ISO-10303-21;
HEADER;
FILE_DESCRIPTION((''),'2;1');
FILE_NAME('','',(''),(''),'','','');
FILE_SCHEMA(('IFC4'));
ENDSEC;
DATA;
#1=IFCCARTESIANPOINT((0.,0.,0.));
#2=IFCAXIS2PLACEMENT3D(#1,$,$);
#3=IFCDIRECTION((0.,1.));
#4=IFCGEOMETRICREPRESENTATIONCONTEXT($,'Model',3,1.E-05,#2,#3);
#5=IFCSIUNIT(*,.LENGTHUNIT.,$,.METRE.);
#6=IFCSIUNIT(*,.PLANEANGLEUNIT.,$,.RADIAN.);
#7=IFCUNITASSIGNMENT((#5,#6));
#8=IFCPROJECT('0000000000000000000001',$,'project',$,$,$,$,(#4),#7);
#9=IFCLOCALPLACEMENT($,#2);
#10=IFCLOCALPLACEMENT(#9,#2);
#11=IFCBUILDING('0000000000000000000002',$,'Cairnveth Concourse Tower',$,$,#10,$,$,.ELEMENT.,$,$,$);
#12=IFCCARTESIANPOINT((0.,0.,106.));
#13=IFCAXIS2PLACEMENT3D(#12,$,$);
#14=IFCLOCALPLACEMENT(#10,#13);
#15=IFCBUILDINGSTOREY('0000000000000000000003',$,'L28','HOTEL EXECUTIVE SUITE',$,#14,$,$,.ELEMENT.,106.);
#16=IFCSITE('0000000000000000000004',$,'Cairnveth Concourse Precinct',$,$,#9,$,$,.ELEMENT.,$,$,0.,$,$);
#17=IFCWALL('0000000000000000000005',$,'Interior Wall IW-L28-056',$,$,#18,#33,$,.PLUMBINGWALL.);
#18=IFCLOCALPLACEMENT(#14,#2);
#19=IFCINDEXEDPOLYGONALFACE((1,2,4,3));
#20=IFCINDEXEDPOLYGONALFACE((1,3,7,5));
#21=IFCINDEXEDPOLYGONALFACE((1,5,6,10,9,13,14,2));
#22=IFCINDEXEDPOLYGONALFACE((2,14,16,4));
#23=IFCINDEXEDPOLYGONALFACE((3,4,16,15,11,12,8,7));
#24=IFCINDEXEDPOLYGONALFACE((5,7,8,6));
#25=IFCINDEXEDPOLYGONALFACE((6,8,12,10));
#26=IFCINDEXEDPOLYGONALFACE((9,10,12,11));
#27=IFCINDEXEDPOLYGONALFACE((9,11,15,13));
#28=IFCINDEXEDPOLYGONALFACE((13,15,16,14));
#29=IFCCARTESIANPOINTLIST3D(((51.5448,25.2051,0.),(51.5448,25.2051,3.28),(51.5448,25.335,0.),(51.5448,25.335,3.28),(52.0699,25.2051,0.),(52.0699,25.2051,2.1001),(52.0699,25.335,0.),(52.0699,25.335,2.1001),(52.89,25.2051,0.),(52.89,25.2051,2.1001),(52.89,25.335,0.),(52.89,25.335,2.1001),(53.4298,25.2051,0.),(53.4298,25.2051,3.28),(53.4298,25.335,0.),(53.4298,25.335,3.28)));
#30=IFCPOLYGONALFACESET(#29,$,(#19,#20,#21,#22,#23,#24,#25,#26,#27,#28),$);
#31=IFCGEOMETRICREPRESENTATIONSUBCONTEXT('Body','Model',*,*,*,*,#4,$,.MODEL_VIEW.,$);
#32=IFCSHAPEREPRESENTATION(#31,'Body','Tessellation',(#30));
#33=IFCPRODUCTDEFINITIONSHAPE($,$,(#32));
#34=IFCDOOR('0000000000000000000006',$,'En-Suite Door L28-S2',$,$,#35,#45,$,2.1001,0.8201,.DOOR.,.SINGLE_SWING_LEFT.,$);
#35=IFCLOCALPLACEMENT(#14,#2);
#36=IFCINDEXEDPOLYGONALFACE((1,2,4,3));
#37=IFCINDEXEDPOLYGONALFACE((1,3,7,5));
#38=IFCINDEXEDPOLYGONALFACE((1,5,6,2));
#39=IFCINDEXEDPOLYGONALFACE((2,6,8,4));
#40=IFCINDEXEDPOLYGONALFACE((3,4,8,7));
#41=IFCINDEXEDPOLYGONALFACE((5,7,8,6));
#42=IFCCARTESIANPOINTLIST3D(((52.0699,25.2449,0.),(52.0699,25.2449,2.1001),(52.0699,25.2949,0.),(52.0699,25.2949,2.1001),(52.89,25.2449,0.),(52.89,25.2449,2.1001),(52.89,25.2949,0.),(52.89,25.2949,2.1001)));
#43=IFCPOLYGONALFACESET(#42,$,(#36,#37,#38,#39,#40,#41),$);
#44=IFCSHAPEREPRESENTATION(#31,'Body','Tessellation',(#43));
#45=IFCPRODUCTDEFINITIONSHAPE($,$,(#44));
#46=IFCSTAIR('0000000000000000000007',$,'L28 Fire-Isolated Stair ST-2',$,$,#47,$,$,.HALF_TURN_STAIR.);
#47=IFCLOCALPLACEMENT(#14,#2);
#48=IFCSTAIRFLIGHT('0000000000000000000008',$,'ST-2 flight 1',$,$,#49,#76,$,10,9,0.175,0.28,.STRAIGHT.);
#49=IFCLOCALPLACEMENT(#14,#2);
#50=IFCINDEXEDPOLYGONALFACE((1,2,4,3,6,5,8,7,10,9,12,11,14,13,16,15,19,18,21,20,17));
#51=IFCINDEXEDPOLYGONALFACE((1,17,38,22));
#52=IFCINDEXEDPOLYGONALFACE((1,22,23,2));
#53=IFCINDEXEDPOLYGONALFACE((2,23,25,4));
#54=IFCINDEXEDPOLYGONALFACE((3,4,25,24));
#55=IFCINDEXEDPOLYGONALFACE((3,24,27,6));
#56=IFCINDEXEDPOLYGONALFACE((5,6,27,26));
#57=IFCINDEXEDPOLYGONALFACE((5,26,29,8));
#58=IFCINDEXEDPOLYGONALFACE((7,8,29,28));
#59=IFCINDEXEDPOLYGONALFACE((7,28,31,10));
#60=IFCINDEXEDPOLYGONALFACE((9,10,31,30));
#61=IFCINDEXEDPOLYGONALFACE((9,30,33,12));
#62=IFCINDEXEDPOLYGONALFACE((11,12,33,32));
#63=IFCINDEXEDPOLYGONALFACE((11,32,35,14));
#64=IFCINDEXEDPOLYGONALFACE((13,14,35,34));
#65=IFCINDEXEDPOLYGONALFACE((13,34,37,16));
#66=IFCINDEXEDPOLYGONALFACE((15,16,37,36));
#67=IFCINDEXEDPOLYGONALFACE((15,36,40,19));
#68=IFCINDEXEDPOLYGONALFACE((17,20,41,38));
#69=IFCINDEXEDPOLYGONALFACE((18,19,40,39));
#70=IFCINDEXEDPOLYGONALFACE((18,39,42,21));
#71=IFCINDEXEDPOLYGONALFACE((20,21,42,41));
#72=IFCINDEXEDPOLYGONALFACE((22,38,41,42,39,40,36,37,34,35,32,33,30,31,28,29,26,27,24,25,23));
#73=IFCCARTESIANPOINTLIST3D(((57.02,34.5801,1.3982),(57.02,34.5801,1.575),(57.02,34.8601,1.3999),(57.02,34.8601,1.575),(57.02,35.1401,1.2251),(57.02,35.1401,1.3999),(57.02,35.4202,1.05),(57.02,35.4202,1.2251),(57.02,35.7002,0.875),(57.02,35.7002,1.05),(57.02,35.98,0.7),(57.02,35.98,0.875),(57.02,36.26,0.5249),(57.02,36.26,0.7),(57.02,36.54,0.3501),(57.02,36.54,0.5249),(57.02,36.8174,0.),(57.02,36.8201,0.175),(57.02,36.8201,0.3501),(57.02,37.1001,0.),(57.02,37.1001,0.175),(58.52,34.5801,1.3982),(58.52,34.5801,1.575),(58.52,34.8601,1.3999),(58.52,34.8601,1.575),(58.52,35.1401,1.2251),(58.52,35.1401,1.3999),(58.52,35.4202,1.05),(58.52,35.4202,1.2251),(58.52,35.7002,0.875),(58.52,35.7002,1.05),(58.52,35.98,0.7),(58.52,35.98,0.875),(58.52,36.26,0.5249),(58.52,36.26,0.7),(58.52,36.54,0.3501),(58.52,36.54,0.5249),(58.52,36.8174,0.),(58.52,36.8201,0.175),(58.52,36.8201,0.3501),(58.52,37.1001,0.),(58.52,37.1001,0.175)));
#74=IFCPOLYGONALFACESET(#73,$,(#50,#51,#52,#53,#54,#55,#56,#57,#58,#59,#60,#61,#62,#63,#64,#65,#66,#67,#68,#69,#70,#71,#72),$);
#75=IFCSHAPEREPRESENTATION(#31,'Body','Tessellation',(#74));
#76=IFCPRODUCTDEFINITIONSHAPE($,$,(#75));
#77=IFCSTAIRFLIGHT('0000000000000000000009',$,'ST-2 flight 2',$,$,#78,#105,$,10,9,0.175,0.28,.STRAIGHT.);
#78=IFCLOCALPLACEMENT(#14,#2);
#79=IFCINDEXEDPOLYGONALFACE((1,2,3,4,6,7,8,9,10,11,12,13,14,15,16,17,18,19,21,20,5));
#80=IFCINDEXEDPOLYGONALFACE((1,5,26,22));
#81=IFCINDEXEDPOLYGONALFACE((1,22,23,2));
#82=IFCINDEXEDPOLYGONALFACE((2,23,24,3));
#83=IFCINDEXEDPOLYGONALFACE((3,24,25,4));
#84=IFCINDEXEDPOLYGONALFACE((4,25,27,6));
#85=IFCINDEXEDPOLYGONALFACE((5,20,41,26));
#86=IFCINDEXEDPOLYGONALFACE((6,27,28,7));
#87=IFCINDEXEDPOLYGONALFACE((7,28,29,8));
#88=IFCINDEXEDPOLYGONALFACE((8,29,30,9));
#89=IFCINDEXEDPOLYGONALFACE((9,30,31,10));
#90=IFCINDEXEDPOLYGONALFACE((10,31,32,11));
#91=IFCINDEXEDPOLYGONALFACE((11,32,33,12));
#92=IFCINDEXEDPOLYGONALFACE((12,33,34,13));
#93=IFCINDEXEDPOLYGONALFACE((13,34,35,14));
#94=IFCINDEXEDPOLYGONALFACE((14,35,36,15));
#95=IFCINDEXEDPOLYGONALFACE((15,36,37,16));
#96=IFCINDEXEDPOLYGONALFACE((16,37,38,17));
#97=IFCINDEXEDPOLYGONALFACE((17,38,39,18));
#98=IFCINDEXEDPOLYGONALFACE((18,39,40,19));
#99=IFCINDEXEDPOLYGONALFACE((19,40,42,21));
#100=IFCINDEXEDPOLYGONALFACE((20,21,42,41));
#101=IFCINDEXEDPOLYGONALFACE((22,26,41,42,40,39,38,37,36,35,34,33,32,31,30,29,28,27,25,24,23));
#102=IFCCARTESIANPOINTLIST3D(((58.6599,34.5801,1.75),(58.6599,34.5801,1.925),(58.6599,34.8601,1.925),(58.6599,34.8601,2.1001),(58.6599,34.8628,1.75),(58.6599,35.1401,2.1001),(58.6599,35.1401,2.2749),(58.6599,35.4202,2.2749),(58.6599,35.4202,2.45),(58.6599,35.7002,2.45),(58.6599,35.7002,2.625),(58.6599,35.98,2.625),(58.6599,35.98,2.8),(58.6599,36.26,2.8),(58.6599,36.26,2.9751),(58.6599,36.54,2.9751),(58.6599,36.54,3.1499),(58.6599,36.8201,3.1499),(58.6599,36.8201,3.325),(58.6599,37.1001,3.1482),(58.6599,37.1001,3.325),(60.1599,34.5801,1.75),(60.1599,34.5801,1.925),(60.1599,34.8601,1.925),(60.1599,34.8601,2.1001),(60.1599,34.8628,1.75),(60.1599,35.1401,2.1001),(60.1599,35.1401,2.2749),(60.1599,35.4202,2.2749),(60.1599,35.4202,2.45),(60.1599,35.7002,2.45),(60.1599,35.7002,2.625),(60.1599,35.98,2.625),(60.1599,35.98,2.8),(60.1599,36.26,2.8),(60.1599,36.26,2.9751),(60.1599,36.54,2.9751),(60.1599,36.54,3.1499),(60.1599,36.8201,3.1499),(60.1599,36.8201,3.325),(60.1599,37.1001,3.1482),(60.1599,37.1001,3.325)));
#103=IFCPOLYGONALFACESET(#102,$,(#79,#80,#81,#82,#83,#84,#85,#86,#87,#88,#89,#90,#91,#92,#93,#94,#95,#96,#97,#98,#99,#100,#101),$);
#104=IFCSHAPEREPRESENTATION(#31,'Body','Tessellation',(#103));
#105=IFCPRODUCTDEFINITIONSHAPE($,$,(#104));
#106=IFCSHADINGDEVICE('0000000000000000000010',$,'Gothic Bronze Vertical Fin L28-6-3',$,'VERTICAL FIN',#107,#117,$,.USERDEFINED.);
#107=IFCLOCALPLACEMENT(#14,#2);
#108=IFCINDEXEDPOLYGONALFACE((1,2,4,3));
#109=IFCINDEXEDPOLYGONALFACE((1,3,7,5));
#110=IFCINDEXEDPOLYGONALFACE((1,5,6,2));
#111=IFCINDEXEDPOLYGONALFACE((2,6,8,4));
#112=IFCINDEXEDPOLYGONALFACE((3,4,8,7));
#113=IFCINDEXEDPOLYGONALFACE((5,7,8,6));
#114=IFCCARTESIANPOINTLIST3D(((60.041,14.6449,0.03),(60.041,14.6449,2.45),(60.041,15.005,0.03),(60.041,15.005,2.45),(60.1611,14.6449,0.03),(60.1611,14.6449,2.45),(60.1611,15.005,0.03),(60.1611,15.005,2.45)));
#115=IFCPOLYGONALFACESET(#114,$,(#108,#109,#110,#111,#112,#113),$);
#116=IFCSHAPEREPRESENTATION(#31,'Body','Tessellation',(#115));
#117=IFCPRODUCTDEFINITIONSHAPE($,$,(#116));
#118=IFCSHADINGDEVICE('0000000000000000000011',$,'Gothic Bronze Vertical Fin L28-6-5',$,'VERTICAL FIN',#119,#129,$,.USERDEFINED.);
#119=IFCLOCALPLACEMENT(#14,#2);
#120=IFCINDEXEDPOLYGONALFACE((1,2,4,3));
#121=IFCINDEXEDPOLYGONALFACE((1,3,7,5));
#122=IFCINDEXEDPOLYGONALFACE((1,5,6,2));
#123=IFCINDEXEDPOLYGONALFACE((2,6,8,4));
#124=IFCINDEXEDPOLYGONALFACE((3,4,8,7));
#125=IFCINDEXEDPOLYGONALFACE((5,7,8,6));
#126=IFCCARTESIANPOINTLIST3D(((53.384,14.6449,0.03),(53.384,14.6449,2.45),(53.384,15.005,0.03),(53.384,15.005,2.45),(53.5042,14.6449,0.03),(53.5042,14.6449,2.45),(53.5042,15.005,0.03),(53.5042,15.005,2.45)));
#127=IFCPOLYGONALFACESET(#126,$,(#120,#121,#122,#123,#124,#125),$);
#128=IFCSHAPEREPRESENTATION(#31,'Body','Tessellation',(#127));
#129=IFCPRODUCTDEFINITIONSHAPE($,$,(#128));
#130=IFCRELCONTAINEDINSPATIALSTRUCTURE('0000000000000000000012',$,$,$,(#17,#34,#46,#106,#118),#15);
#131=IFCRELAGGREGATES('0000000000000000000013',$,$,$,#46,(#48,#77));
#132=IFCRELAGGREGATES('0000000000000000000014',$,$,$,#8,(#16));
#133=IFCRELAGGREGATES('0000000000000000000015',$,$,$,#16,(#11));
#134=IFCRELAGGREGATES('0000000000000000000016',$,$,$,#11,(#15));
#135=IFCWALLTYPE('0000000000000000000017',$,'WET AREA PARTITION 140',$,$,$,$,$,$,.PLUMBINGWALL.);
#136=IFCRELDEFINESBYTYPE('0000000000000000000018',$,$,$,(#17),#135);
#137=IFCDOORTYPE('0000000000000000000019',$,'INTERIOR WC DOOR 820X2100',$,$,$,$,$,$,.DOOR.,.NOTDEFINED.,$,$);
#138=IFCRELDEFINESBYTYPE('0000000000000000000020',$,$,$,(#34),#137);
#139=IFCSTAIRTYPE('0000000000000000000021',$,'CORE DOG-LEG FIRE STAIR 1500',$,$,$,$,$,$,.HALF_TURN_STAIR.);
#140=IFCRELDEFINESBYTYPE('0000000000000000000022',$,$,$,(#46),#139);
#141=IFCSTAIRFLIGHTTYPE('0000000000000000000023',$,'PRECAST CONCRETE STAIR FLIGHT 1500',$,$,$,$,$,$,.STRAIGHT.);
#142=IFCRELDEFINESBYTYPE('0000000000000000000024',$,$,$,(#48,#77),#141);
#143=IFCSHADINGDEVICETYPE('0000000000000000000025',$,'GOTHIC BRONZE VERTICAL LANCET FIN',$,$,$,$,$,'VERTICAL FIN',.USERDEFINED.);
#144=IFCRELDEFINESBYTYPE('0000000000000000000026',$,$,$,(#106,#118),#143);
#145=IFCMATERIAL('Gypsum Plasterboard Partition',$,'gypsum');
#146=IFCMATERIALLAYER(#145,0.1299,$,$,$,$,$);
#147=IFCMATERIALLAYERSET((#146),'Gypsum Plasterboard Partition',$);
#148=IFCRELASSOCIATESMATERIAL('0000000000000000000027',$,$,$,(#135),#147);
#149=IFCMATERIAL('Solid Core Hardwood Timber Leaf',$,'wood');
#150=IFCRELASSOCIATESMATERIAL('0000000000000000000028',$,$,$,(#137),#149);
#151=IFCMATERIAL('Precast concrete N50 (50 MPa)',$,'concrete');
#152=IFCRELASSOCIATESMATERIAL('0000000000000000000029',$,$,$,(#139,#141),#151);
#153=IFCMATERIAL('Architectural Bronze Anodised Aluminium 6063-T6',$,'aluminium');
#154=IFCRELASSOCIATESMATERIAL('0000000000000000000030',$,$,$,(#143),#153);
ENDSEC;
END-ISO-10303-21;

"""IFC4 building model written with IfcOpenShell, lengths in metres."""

from ifc_helpers import new_model, si_unit, direction, frame, frame_2d, origin, origin_2d, place, context, subcontext, project, spatial, polyline, rectangle, outline, extrude, material, layer, layer_set, type_object, element, fill, aggregate, save


model = new_model("IFC4")

# Units and contexts
model_context = context("Model", 3, precision=1e-05, world=origin(), true_north=direction((0.0, 1.0)))
body_context = subcontext(model_context, "Body", "Model", "MODEL_VIEW")
ifc_project = project(units=[si_unit("LENGTHUNIT", "METRE"), si_unit("PLANEANGLEUNIT", "RADIAN")], contexts=[model_context])

# Site, building, storey
site_placement = place(None, origin())
site = spatial("IfcSite", under=ifc_project, at=site_placement, Name="Cairnveth Concourse Precinct", CompositionType="ELEMENT", RefElevation=0.0)
building_placement = place(site_placement, origin())
building = spatial("IfcBuilding", under=site, at=building_placement, Name="Cairnveth Concourse Tower", CompositionType="ELEMENT")
storey_placement = place(building_placement, frame((0.0, 0.0, 106.0)))
storey = spatial("IfcBuildingStorey", under=building, at=storey_placement, Name="L28", Description="HOTEL EXECUTIVE SUITE", CompositionType="ELEMENT", Elevation=106.0)

# Shared definitions
ifc_material_1 = material(Name="Gypsum Plasterboard Partition", Category="gypsum")

# Shared definitions
ifc_material_2 = material(Name="Architectural Bronze Anodised Aluminium 6063-T6", Category="aluminium")

# Shared definitions
ifc_layer_1 = layer(ifc_material_1, 0.1299)
ifc_layer_set_1 = layer_set([ifc_layer_1], Name="Gypsum Plasterboard Partition")
wall_type_1 = type_object("IfcWallType", Name="WET AREA PARTITION 140", PredefinedType="PLUMBINGWALL", material=ifc_layer_set_1)

# Wall, opening, door
wall_1_placement = place(storey_placement, frame((51.5449, 25.27, 0.0), z_axis=(0.0, 0.0, 1.0), x_axis=(1.0, 0.0, 0.0)))
wall_1 = element("IfcWall", 1, at=wall_1_placement, inside=storey, type_object=wall_type_1, Name="Interior Wall IW-L28-056", PredefinedType="PLUMBINGWALL", context=body_context, shape_type="SweptSolid", body=[
    extrude(rectangle(XDim=1.885, YDim=0.1299, at=frame_2d((0.9424, 0.0))), origin(), (0.0, 0.0, 1.0), 3.28),
])
opening_1_placement = place(wall_1_placement, frame((0.5249, 0.0, 0.0)))
opening_1 = element("IfcOpeningElement", 2, at=opening_1_placement, cuts=wall_1, PredefinedType="OPENING", context=body_context, shape_type="SweptSolid", body=[
    extrude(rectangle(XDim=0.8201, YDim=2.1001, at=frame_2d((0.4102, 1.05))), frame((0.0, 0.075, 0.0), z_axis=(0.0, -1.0, 0.0), x_axis=(1.0, 0.0, 0.0)), (0.0, 0.0, 1.0), 0.1499),
])
ifc_material_3 = material(Name="Solid Core Hardwood Timber Leaf", Category="wood")
door_type_1 = type_object("IfcDoorType", Name="INTERIOR WC DOOR 820X2100", OperationType="NOTDEFINED", PredefinedType="DOOR", material=ifc_material_3)
door_1_placement = place(opening_1_placement, origin())
door_1 = element("IfcDoor", 3, at=door_1_placement, inside=storey, type_object=door_type_1, Name="En-Suite Door L28-S2", OperationType="SINGLE_SWING_LEFT", OverallHeight=2.1001, OverallWidth=0.8201, PredefinedType="DOOR", context=body_context, shape_type="SweptSolid", body=[
    extrude(rectangle(XDim=0.8201, YDim=2.1001, at=frame_2d((0.4102, 1.05))), frame((0.0, 0.0249, 0.0), z_axis=(0.0, -1.0, 0.0), x_axis=(1.0, 0.0, 0.0)), (0.0, 0.0, 1.0), 0.05),
])
fill(opening_1, door_1)

# Stair, stair flights
ifc_material_4 = material(Name="Precast concrete N50 (50 MPa)", Category="concrete")
stair_type = type_object("IfcStairType", Name="CORE DOG-LEG FIRE STAIR 1500", PredefinedType="HALF_TURN_STAIR", material=ifc_material_4)
stair_placement = place(storey_placement, origin())
stair = element("IfcStair", 4, at=stair_placement, inside=storey, type_object=stair_type, Name="L28 Fire-Isolated Stair ST-2", PredefinedType="HALF_TURN_STAIR")
stair_flight_type = type_object("IfcStairFlightType", Name="PRECAST CONCRETE STAIR FLIGHT 1500", PredefinedType="STRAIGHT", material=ifc_material_4)
stair_flight_1_placement = place(storey_placement, frame((57.77, 37.1001, 0.0), z_axis=(0.0, 0.0, 1.0), x_axis=(0.0, -1.0, 0.0)))
stair_flight_1 = element("IfcStairFlight", 5, at=stair_flight_1_placement, type_object=stair_flight_type, Name="ST-2 flight 1", NumberOfRisers=10, NumberOfTreads=9, PredefinedType="STRAIGHT", RiserHeight=0.175, TreadLength=0.28, context=body_context, shape_type="SweptSolid", body=[
    extrude(outline(polyline([(0.0, 0.0), (0.0, 0.175), (0.28, 0.175), (0.28, 0.3501), (0.5601, 0.3501), (0.5601, 0.5249), (0.8401, 0.5249), (0.8401, 0.7), (1.1201, 0.7), (1.1201, 0.875), (1.3999, 0.875), (1.3999, 1.05), (1.6799, 1.05), (1.6799, 1.2251), (1.96, 1.2251), (1.96, 1.3999), (2.24, 1.3999), (2.24, 1.575), (2.52, 1.575), (2.52, 1.75), (2.52, 1.3982), (0.2827, 0.0), (0.0, 0.0)])), frame((0.0, 0.75, 0.0), z_axis=(0.0, -1.0, 0.0), x_axis=(1.0, 0.0, 0.0)), (0.0, 0.0, 1.0), 1.5),
])
stair_flight_2_placement = place(storey_placement, frame((59.4099, 34.5801, 1.75), z_axis=(0.0, 0.0, 1.0), x_axis=(0.0, 1.0, 0.0)))
stair_flight_2 = element("IfcStairFlight", 6, at=stair_flight_2_placement, type_object=stair_flight_type, Name="ST-2 flight 2", NumberOfRisers=10, NumberOfTreads=9, PredefinedType="STRAIGHT", RiserHeight=0.175, TreadLength=0.28, context=body_context, shape_type="SweptSolid", body=[
    extrude(outline(polyline([(0.0, 0.0), (0.0, 0.175), (0.28, 0.175), (0.28, 0.3501), (0.5601, 0.3501), (0.5601, 0.5249), (0.8401, 0.5249), (0.8401, 0.7), (1.1201, 0.7), (1.1201, 0.875), (1.3999, 0.875), (1.3999, 1.05), (1.6799, 1.05), (1.6799, 1.2251), (1.96, 1.2251), (1.96, 1.3999), (2.24, 1.3999), (2.24, 1.575), (2.52, 1.575), (2.52, 1.75), (2.52, 1.3982), (0.2827, 0.0), (0.0, 0.0)])), frame((0.0, 0.75, 0.0), z_axis=(0.0, -1.0, 0.0), x_axis=(1.0, 0.0, 0.0)), (0.0, 0.0, 1.0), 1.5),
])
aggregate(stair, [stair_flight_1, stair_flight_2])

# Shading devices
shading_device_type = type_object("IfcShadingDeviceType", Name="GOTHIC BRONZE VERTICAL LANCET FIN", ElementType="VERTICAL FIN", PredefinedType="USERDEFINED", material=ifc_material_2)
for number, where, z_axis, x_axis, name in (
    (7, (60.1011, 14.825, 0.03), (0.0, 0.0, 1.0), (1.0, 0.0, 0.0), "Gothic Bronze Vertical Fin L28-6-3"),
    (8, (53.4441, 14.825, 0.03), (0.0, 0.0, 1.0), (1.0, 0.0, 0.0), "Gothic Bronze Vertical Fin L28-6-5"),
):
    element("IfcShadingDevice", number, at=place(storey_placement, frame(where, z_axis=z_axis, x_axis=x_axis)), inside=storey, type_object=shading_device_type, Name=name, ObjectType="VERTICAL FIN", PredefinedType="USERDEFINED", context=body_context, shape_type="SweptSolid", body=[
        extrude(rectangle(XDim=0.1201, YDim=0.3601, at=origin_2d()), origin(), (0.0, 0.0, 1.0), 2.4199),
    ])

save(model, "model.ifc")
